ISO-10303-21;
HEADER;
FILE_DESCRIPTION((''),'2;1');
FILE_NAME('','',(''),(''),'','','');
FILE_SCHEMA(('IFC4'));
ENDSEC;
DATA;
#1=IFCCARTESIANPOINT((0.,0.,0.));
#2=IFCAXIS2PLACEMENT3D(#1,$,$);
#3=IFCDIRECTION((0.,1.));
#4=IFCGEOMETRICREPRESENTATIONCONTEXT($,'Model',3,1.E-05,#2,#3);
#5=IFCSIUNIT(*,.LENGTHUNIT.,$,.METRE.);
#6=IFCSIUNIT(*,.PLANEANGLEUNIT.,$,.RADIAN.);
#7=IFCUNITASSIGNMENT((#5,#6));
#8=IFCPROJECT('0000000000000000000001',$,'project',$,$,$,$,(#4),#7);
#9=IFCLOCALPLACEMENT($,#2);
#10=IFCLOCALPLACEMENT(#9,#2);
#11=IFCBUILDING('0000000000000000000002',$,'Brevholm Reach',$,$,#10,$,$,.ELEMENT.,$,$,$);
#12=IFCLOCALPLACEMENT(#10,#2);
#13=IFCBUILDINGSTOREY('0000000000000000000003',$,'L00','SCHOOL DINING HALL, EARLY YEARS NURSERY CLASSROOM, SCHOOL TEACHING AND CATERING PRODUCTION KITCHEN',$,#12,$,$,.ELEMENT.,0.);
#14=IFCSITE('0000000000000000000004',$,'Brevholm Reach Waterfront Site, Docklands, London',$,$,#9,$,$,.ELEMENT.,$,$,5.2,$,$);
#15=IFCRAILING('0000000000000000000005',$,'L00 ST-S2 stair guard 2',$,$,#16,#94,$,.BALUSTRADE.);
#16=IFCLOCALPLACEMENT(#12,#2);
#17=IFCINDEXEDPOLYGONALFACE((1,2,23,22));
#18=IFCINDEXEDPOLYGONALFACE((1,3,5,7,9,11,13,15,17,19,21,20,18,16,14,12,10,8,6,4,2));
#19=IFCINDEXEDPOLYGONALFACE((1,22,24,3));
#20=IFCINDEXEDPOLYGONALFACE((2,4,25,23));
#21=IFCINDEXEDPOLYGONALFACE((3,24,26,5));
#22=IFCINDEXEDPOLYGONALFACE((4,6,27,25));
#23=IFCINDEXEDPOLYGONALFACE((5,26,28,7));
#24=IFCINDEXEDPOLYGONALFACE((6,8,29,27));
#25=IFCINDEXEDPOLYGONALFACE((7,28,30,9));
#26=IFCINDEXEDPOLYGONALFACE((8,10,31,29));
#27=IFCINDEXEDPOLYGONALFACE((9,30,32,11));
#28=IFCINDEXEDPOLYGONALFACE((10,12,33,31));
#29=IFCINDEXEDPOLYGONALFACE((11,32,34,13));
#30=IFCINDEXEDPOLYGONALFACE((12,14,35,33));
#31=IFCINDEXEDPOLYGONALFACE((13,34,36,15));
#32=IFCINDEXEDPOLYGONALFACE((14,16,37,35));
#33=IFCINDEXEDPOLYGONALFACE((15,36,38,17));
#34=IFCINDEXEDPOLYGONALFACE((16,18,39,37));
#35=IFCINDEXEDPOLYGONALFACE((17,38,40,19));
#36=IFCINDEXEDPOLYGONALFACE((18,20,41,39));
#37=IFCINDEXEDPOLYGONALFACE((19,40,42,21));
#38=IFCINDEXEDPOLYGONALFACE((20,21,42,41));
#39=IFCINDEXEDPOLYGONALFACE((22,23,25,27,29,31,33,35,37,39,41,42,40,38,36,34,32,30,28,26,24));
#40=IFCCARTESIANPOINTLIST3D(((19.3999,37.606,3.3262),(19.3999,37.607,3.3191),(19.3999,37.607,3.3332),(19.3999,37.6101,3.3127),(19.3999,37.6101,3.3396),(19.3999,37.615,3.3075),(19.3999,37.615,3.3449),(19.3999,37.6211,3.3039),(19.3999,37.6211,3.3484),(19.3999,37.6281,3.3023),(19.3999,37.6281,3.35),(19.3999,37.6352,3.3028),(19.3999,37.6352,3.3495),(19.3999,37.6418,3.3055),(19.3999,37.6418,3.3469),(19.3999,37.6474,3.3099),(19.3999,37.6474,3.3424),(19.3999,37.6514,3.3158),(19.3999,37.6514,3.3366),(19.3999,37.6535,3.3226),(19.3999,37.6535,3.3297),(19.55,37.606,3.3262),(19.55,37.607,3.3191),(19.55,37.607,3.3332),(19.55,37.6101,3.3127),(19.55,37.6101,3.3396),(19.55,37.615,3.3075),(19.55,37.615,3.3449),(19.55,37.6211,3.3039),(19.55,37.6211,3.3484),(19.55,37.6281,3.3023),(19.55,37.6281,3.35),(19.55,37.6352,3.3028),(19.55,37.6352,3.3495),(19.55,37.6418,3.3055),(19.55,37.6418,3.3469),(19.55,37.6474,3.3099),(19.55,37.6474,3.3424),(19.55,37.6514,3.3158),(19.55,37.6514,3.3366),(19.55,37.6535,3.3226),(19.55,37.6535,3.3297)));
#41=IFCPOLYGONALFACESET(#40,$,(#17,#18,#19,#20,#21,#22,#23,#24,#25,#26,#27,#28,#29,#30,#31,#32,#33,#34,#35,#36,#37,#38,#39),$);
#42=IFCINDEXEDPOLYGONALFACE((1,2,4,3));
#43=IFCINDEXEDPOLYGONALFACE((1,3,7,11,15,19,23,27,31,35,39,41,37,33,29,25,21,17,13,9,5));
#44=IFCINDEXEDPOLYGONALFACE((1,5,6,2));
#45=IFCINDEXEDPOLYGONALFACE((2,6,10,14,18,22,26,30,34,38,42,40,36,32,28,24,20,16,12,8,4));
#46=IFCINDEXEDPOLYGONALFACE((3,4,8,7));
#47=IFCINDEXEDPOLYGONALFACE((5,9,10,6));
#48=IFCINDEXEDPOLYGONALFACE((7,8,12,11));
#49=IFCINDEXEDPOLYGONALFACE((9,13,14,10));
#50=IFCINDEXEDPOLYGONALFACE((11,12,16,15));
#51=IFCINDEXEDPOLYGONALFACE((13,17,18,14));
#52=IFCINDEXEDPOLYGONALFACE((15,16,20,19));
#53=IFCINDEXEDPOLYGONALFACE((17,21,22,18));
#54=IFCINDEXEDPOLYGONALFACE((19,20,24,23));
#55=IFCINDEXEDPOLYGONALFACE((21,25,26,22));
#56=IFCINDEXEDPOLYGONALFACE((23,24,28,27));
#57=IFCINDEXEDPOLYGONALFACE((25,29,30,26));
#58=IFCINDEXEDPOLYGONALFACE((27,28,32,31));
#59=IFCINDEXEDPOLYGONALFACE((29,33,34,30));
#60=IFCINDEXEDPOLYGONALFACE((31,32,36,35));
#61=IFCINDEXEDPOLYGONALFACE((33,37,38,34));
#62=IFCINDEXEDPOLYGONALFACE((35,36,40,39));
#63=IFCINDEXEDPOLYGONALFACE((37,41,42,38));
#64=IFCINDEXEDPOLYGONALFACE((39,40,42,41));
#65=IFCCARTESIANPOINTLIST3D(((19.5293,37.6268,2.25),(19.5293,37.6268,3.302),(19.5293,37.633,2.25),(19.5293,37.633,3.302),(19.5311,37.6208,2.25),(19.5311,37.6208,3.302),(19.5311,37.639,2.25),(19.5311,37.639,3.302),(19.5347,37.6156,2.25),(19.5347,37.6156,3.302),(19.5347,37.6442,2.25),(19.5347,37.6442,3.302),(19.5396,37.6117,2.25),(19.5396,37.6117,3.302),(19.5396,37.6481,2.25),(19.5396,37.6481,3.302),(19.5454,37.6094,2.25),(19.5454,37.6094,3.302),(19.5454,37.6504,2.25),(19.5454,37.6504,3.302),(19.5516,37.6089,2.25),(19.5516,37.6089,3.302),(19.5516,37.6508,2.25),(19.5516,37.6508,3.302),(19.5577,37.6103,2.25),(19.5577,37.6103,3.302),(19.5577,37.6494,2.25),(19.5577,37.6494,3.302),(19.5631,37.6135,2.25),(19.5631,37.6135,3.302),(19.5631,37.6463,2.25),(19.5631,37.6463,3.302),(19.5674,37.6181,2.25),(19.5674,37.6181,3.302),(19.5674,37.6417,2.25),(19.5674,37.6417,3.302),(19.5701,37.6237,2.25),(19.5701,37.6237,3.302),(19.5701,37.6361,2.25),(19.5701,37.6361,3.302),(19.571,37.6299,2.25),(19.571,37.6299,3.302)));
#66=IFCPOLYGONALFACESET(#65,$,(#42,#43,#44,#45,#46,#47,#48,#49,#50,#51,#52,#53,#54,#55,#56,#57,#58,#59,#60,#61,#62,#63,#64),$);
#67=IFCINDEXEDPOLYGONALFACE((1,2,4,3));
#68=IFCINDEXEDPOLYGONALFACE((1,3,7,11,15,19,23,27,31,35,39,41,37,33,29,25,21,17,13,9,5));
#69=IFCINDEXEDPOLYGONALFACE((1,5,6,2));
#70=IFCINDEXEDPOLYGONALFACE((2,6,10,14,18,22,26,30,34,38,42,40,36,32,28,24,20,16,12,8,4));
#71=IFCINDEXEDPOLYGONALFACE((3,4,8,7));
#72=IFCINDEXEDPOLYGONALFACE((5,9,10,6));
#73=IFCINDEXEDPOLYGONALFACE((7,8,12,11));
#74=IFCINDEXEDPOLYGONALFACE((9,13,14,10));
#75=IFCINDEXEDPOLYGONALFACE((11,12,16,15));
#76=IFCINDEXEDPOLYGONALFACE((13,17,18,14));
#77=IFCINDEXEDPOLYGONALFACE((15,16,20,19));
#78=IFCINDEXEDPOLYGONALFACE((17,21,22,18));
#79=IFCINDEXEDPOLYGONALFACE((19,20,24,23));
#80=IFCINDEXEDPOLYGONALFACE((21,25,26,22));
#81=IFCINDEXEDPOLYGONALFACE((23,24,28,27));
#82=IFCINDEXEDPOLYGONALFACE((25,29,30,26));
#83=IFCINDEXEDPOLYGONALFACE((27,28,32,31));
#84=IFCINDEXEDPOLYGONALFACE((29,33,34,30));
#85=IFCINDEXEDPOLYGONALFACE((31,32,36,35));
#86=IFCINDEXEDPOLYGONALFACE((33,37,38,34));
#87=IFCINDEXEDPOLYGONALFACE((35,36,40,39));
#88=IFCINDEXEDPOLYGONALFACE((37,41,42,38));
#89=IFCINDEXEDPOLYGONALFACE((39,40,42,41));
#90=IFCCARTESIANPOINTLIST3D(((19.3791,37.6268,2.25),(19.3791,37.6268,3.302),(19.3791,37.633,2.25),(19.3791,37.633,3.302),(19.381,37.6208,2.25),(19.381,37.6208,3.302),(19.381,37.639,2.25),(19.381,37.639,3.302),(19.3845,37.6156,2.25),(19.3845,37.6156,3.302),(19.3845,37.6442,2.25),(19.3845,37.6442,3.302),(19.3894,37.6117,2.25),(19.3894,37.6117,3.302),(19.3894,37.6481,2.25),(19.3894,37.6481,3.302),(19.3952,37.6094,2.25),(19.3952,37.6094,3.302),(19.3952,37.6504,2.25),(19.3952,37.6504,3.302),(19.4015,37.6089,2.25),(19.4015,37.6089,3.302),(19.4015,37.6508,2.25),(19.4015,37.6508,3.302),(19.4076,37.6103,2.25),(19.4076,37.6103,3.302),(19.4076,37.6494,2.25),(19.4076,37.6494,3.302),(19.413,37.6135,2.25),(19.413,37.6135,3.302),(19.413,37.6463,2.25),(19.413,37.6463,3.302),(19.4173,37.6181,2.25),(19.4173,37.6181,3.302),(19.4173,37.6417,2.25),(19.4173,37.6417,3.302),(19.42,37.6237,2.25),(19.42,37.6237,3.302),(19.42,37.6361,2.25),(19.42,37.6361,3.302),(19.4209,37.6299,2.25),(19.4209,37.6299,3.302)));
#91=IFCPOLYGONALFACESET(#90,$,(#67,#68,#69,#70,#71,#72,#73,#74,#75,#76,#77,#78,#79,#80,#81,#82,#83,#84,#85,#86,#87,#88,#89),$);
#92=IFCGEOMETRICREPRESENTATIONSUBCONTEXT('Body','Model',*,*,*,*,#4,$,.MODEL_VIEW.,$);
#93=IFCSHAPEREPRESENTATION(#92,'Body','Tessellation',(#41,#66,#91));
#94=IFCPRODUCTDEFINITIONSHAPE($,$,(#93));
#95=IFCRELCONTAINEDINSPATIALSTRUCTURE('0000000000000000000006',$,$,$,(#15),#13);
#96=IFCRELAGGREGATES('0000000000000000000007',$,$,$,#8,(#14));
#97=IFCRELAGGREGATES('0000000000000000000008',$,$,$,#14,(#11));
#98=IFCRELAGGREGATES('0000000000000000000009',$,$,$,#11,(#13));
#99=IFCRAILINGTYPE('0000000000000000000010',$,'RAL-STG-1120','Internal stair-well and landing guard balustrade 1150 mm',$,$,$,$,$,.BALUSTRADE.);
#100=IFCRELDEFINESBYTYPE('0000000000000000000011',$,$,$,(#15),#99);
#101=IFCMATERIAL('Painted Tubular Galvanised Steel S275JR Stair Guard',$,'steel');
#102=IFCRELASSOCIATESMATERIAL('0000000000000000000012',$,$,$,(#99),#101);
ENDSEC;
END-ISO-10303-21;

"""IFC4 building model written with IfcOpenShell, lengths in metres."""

from ifc_helpers import new_model, si_unit, direction, frame, origin, origin_2d, place, context, subcontext, project, spatial, circle, extrude, material, type_object, element, save


model = new_model("IFC4")

# Units and contexts
model_context = context("Model", 3, precision=1e-05, world=origin(), true_north=direction((0.0, 1.0)))
body_context = subcontext(model_context, "Body", "Model", "MODEL_VIEW")
ifc_project = project(units=[si_unit("LENGTHUNIT", "METRE"), si_unit("PLANEANGLEUNIT", "RADIAN")], contexts=[model_context])

# Site, building, storey
site_placement = place(None, origin())
site = spatial("IfcSite", under=ifc_project, at=site_placement, Name="Brevholm Reach Waterfront Site, Docklands, London", CompositionType="ELEMENT", RefElevation=5.2)
building_placement = place(site_placement, origin())
building = spatial("IfcBuilding", under=site, at=building_placement, Name="Brevholm Reach", CompositionType="ELEMENT")
storey_placement = place(building_placement, origin())
storey = spatial("IfcBuildingStorey", under=building, at=storey_placement, Name="L00", Description="SCHOOL DINING HALL, EARLY YEARS NURSERY CLASSROOM, SCHOOL TEACHING AND CATERING PRODUCTION KITCHEN", CompositionType="ELEMENT", Elevation=0.0)

# Railing
ifc_material_1 = material(Name="Painted Tubular Galvanised Steel S275JR Stair Guard", Category="steel")
railing_type_1 = type_object("IfcRailingType", Name="RAL-STG-1120", Description="Internal stair-well and landing guard balustrade 1150 mm", PredefinedType="BALUSTRADE", material=ifc_material_1)
railing_1_placement = place(storey_placement, frame((19.55, 37.6299, 2.25)))
element("IfcRailing", 1, at=railing_1_placement, inside=storey, type_object=railing_type_1, Name="L00 ST-S2 stair guard 2", PredefinedType="BALUSTRADE", context=body_context, shape_type="SweptSolid", body=[
    extrude(circle(Radius=0.0239, at=origin_2d()), frame((0.0, 0.0, 1.0762), z_axis=(-1.0, 0.0, 0.0), x_axis=(0.0, -1.0, 0.0)), (0.0, 0.0, 1.0), 0.1501),
    extrude(circle(Radius=0.021, at=origin_2d()), origin(), (0.0, 0.0, 1.0), 1.052),
    extrude(circle(Radius=0.021, at=origin_2d()), frame((-0.1501, 0.0, 0.0)), (0.0, 0.0, 1.0), 1.052),
])

save(model, "model.ifc")
